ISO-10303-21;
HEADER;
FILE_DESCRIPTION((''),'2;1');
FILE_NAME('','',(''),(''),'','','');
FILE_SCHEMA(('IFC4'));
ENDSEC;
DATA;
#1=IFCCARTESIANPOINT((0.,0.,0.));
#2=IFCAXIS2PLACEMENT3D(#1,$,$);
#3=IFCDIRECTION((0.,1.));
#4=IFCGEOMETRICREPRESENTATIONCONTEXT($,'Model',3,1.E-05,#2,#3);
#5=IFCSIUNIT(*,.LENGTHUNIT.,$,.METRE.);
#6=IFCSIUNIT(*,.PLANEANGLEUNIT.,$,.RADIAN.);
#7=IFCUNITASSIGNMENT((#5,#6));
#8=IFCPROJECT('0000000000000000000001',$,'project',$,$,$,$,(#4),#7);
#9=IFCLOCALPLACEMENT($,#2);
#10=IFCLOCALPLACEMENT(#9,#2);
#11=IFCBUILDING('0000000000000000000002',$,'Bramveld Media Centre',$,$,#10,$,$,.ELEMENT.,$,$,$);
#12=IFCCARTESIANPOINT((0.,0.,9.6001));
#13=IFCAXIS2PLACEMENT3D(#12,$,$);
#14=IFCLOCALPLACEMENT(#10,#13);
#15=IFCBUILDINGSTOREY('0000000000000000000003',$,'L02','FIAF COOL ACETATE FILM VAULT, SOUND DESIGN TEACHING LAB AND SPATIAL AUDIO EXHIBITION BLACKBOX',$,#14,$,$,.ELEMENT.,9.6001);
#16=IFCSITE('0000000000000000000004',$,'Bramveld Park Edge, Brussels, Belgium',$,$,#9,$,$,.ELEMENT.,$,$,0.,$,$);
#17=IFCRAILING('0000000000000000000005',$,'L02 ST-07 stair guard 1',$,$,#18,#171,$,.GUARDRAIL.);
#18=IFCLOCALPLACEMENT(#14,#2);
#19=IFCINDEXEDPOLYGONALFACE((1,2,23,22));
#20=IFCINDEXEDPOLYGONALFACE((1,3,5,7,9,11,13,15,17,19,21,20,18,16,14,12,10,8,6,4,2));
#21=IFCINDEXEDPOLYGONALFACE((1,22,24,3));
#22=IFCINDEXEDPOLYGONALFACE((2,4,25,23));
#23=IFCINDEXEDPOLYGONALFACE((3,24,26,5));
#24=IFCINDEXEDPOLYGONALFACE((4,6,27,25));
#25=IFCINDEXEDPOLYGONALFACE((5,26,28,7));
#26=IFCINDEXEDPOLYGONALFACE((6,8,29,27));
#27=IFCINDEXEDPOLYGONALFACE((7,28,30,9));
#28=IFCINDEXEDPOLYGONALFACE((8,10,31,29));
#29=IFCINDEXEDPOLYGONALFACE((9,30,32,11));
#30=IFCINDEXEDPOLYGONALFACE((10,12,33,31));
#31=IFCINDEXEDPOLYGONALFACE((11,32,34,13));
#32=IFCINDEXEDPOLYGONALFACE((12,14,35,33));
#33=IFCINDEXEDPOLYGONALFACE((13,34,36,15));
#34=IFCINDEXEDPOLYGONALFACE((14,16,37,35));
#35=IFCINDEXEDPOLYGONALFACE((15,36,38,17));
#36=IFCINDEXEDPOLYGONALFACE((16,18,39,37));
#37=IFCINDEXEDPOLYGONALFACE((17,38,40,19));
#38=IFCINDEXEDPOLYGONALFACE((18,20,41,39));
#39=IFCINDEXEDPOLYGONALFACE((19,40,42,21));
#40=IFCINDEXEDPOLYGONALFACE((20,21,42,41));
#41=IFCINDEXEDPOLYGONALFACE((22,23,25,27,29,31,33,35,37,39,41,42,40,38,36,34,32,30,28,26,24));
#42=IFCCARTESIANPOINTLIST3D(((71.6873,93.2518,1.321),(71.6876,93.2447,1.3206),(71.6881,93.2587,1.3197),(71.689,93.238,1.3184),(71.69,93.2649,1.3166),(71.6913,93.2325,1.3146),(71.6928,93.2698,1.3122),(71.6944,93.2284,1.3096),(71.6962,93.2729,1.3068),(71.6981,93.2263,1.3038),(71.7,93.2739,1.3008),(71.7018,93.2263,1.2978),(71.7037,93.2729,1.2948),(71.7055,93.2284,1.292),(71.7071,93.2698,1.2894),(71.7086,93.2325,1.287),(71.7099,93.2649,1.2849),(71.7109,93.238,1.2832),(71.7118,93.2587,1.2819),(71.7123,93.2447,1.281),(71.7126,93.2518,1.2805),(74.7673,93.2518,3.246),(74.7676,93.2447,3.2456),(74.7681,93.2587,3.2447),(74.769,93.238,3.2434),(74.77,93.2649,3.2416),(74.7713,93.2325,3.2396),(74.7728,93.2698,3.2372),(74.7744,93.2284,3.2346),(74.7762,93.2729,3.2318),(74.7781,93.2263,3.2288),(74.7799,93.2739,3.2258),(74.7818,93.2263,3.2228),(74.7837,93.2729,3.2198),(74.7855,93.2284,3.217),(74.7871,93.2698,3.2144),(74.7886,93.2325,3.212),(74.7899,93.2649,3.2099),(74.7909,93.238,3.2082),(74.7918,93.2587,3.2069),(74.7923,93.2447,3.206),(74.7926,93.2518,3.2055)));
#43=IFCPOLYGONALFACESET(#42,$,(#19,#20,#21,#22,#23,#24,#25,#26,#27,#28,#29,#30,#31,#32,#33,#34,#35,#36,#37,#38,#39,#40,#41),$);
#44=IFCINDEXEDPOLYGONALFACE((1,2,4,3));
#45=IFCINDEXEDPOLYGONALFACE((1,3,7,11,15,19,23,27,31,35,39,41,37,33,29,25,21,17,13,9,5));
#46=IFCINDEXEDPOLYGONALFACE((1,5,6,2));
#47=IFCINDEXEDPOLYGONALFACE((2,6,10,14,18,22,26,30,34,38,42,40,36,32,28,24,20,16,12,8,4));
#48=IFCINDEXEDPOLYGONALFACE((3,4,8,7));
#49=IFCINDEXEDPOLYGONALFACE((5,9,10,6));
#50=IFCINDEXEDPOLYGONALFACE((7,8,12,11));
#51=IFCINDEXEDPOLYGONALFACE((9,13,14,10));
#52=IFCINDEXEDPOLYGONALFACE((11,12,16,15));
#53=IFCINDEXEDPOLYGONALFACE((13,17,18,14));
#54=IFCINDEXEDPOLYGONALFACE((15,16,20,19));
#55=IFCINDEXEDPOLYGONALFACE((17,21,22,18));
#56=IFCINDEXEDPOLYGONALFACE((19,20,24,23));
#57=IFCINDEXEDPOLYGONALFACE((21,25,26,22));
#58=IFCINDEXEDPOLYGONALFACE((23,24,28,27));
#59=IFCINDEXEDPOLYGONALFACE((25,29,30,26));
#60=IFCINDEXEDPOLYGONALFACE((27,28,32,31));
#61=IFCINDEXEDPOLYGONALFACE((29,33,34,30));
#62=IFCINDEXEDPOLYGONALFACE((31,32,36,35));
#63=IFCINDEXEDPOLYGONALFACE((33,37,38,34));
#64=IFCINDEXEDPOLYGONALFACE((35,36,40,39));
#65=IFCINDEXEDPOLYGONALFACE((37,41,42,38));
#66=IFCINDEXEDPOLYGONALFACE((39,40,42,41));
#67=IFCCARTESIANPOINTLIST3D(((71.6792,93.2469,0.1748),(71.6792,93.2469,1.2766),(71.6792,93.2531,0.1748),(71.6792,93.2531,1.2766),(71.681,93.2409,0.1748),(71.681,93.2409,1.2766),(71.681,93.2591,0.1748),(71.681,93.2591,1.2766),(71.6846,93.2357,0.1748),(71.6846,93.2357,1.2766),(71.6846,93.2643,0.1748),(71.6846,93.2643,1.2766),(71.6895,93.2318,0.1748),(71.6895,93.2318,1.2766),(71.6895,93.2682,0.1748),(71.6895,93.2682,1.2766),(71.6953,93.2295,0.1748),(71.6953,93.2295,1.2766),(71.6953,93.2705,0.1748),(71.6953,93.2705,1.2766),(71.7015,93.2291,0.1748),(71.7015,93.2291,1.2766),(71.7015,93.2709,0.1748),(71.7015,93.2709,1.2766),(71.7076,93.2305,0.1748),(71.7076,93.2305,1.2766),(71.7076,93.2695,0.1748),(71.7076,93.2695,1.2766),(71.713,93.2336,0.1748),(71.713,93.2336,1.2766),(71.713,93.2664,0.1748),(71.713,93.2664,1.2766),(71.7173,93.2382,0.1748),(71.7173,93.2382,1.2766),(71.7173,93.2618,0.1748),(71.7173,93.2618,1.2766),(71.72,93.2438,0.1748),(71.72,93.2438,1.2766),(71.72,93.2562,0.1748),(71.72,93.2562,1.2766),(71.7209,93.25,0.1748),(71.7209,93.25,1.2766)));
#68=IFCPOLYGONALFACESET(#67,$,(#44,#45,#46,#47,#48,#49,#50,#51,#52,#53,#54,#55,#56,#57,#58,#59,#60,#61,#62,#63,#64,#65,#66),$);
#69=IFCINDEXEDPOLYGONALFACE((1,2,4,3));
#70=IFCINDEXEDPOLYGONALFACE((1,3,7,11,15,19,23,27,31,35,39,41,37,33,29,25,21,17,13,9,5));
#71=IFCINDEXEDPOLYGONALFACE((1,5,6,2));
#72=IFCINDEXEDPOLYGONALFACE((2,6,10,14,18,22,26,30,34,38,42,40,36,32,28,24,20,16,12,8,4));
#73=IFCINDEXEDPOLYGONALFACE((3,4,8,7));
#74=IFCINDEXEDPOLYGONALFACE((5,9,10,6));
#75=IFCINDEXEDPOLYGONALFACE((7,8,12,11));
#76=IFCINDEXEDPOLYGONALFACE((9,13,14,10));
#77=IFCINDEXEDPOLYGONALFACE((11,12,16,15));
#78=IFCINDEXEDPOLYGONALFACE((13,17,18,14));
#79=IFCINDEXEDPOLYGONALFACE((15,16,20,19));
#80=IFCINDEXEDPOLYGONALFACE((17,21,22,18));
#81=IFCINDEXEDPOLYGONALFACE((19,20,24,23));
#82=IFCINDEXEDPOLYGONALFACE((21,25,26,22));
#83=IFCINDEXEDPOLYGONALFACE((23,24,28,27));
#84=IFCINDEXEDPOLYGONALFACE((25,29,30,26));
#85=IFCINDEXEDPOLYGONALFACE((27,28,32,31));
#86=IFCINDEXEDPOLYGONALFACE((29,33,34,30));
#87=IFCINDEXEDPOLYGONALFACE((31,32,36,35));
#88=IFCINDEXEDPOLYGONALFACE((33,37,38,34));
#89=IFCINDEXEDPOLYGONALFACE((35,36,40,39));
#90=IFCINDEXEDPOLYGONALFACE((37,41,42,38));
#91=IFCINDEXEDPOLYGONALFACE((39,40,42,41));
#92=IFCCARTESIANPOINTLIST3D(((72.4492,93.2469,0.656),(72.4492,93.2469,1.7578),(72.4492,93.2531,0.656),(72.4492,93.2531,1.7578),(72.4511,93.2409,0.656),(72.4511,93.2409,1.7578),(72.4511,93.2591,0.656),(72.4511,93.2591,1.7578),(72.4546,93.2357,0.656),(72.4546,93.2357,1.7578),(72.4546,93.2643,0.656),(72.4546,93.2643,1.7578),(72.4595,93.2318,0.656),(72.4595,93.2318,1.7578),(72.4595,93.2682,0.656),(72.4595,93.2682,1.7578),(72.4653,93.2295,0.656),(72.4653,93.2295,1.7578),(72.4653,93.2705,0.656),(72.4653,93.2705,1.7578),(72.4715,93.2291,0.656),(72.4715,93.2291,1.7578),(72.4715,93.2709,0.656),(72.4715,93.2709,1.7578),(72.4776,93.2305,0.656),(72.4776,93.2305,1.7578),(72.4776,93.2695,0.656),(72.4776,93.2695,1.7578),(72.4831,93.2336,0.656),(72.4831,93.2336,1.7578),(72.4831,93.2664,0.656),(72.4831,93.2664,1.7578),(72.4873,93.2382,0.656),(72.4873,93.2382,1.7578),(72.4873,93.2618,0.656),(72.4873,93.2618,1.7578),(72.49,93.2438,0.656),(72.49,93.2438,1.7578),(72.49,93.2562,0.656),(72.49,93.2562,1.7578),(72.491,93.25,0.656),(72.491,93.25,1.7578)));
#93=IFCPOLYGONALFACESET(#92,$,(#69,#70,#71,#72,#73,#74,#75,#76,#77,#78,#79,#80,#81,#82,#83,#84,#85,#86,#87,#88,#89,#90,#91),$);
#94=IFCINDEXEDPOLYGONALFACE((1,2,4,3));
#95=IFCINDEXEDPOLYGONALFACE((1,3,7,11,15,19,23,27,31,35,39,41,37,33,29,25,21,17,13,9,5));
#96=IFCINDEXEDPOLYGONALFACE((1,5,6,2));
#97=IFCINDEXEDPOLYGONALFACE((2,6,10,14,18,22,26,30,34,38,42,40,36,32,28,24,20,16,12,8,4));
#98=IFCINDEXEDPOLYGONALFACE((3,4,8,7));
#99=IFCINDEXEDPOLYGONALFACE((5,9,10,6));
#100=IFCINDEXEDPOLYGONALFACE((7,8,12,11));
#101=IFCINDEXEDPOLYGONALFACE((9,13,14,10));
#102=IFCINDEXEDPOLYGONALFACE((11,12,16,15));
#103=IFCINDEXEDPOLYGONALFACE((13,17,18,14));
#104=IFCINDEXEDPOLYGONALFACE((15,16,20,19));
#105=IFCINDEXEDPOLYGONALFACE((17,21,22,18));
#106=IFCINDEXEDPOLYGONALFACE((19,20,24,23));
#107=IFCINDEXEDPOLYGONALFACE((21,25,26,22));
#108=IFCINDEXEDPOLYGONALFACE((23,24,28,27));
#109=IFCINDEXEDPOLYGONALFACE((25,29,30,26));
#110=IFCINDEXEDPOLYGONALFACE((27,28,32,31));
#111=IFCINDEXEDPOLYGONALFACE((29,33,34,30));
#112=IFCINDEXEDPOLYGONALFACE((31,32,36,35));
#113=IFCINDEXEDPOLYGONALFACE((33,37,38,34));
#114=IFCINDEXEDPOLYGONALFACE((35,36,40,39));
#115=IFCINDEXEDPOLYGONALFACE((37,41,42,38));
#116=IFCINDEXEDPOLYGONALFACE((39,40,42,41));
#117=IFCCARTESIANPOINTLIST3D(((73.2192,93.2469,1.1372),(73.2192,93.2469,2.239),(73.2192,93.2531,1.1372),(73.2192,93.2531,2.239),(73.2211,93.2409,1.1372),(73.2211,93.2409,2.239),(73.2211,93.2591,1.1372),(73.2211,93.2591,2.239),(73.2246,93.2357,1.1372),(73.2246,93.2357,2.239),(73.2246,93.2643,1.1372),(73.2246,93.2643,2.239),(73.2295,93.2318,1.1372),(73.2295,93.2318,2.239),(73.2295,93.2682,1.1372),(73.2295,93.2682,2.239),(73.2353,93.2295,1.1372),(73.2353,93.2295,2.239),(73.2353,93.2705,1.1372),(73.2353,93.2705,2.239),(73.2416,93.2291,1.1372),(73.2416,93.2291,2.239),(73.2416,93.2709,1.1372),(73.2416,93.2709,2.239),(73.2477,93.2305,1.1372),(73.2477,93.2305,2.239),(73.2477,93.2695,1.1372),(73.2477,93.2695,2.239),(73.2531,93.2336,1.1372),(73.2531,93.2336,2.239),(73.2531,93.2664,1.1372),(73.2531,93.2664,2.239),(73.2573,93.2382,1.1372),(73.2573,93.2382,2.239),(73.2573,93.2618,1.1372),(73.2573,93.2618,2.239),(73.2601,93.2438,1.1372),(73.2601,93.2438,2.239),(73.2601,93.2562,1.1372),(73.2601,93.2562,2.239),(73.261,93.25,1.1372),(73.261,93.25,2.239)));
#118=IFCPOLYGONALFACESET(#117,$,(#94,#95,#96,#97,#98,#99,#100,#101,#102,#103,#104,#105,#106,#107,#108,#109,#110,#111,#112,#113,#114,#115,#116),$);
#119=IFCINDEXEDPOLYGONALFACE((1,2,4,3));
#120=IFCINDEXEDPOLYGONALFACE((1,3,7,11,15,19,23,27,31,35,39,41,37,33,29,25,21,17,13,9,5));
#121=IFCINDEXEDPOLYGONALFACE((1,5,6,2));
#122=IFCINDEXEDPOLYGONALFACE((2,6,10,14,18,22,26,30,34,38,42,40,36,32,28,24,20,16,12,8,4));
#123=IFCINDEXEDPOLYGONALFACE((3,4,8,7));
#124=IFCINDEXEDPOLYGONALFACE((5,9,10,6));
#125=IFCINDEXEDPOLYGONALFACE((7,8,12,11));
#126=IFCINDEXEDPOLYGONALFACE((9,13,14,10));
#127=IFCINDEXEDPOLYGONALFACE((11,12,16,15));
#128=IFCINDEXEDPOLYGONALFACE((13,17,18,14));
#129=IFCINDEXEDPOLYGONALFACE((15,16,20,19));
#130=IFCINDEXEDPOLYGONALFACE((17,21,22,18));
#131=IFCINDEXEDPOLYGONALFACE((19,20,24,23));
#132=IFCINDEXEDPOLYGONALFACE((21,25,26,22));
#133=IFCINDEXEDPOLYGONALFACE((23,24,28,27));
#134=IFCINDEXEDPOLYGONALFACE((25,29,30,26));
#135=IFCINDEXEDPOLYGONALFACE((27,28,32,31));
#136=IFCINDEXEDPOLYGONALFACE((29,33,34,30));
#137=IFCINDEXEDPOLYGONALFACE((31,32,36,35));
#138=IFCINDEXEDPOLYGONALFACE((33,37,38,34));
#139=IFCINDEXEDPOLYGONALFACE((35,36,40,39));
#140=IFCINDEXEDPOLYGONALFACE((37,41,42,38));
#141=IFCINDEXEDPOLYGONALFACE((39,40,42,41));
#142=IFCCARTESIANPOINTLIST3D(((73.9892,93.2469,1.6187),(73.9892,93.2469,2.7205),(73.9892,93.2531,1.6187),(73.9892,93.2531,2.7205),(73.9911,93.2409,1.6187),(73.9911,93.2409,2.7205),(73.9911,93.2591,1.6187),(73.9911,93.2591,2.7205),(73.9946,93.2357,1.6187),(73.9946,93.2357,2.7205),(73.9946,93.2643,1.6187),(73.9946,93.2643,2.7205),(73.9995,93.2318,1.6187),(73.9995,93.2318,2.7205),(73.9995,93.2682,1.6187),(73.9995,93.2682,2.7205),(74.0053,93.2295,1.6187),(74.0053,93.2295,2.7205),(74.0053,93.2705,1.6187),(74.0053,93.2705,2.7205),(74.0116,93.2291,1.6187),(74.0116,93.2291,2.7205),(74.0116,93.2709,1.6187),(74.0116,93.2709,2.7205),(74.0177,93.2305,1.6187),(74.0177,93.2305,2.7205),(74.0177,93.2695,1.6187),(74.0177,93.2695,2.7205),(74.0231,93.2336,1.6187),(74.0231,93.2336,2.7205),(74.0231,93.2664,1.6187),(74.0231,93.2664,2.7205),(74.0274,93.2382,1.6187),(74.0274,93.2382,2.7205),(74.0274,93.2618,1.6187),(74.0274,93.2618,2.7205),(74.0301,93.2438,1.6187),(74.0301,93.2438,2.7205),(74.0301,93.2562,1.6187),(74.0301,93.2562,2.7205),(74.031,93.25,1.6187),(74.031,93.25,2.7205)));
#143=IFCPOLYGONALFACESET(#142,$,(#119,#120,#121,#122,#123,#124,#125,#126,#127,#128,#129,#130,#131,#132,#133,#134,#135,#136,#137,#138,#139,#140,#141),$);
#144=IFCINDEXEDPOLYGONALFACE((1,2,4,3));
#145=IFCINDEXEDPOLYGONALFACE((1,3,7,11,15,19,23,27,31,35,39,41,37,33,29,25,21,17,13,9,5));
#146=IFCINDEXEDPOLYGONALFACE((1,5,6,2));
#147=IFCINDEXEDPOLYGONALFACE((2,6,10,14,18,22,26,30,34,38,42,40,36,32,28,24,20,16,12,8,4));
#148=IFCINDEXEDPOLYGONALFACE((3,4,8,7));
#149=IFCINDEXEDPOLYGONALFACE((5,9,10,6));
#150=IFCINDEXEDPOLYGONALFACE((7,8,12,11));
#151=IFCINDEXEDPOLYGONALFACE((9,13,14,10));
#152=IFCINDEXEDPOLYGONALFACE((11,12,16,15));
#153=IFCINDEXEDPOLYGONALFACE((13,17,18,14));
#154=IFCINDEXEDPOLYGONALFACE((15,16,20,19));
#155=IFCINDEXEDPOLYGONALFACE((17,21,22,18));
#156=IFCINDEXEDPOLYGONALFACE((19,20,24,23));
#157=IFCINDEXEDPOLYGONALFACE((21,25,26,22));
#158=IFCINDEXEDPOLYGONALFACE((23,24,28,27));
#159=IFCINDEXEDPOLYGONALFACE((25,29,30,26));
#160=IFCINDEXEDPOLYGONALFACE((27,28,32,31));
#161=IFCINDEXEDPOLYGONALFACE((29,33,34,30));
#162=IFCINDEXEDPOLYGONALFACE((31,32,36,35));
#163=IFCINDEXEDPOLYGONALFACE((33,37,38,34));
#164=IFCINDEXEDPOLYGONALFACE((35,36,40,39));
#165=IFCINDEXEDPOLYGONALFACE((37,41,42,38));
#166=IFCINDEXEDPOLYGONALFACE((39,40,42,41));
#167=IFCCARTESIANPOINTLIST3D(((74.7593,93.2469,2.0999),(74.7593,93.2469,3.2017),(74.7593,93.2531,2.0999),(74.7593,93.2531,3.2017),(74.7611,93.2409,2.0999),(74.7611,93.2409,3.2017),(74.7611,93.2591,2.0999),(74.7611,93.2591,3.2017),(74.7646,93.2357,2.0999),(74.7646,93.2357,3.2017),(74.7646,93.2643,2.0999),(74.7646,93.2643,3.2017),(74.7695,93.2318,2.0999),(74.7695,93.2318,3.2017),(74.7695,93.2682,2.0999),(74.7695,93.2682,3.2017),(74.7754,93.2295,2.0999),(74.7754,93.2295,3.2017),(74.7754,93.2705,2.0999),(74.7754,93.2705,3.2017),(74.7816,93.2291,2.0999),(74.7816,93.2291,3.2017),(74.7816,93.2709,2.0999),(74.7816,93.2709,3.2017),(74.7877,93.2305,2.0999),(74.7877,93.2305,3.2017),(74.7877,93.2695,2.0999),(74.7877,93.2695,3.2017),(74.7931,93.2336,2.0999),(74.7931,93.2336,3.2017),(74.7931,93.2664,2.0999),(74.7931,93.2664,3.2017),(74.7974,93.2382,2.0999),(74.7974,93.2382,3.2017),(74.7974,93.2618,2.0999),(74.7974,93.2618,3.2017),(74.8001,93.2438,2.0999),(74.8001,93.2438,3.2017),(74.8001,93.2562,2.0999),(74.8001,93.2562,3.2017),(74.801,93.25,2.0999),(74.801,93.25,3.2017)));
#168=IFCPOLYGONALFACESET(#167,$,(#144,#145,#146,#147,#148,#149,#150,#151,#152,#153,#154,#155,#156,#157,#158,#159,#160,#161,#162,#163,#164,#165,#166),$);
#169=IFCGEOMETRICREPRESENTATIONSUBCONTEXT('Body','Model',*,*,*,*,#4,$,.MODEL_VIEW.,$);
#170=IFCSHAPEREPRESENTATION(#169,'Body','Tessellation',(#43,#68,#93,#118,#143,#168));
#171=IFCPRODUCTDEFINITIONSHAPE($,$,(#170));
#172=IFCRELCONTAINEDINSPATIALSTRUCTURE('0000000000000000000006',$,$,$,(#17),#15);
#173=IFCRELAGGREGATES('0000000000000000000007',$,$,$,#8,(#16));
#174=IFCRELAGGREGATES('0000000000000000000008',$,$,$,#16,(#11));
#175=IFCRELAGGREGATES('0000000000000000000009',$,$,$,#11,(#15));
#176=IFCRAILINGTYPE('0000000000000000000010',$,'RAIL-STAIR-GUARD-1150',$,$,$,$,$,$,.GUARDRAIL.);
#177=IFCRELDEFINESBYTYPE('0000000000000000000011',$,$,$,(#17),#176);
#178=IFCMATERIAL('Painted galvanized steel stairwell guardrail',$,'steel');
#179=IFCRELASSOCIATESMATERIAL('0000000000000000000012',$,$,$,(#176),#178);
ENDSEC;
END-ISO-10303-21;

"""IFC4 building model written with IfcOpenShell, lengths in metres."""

from ifc_helpers import new_model, si_unit, direction, frame, origin, origin_2d, place, context, subcontext, project, spatial, circle, extrude, material, type_object, element, save


model = new_model("IFC4")

# Units and contexts
model_context = context("Model", 3, precision=1e-05, world=origin(), true_north=direction((0.0, 1.0)))
body_context = subcontext(model_context, "Body", "Model", "MODEL_VIEW")
ifc_project = project(units=[si_unit("LENGTHUNIT", "METRE"), si_unit("PLANEANGLEUNIT", "RADIAN")], contexts=[model_context])

# Site, building, storey
site_placement = place(None, origin())
site = spatial("IfcSite", under=ifc_project, at=site_placement, Name="Bramveld Park Edge, Brussels, Belgium", CompositionType="ELEMENT", RefElevation=0.0)
building_placement = place(site_placement, origin())
building = spatial("IfcBuilding", under=site, at=building_placement, Name="Bramveld Media Centre", CompositionType="ELEMENT")
storey_placement = place(building_placement, frame((0.0, 0.0, 9.6001)))
storey = spatial("IfcBuildingStorey", under=building, at=storey_placement, Name="L02", Description="FIAF COOL ACETATE FILM VAULT, SOUND DESIGN TEACHING LAB AND SPATIAL AUDIO EXHIBITION BLACKBOX", CompositionType="ELEMENT", Elevation=9.6001)

# Railing
ifc_material_1 = material(Name="Painted galvanized steel stairwell guardrail", Category="steel")
railing_type_1 = type_object("IfcRailingType", Name="RAIL-STAIR-GUARD-1150", PredefinedType="GUARDRAIL", material=ifc_material_1)
railing_1_placement = place(storey_placement, frame((71.7, 93.25, 0.1748)))
element("IfcRailing", 1, at=railing_1_placement, inside=storey, type_object=railing_type_1, Name="L02 ST-07 stair guard 1", PredefinedType="GUARDRAIL", context=body_context, shape_type="SweptSolid", body=[
    extrude(circle(Radius=0.0239, at=origin_2d()), frame((0.0, 0.0, 1.126), z_axis=(0.847998, 0.0, 0.529999), x_axis=(0.0, 1.0, 0.0)), (0.0, 0.0, 1.0), 3.6321),
    extrude(circle(Radius=0.021, at=origin_2d()), origin(), (0.0, 0.0, 1.0), 1.1018),
    extrude(circle(Radius=0.021, at=origin_2d()), frame((0.77, 0.0, 0.4812)), (0.0, 0.0, 1.0), 1.1018),
    extrude(circle(Radius=0.021, at=origin_2d()), frame((1.54, 0.0, 0.9624)), (0.0, 0.0, 1.0), 1.1018),
    extrude(circle(Radius=0.021, at=origin_2d()), frame((2.3101, 0.0, 1.4438)), (0.0, 0.0, 1.0), 1.1018),
    extrude(circle(Radius=0.021, at=origin_2d()), frame((3.0801, 0.0, 1.925)), (0.0, 0.0, 1.0), 1.1018),
])

save(model, "model.ifc")
